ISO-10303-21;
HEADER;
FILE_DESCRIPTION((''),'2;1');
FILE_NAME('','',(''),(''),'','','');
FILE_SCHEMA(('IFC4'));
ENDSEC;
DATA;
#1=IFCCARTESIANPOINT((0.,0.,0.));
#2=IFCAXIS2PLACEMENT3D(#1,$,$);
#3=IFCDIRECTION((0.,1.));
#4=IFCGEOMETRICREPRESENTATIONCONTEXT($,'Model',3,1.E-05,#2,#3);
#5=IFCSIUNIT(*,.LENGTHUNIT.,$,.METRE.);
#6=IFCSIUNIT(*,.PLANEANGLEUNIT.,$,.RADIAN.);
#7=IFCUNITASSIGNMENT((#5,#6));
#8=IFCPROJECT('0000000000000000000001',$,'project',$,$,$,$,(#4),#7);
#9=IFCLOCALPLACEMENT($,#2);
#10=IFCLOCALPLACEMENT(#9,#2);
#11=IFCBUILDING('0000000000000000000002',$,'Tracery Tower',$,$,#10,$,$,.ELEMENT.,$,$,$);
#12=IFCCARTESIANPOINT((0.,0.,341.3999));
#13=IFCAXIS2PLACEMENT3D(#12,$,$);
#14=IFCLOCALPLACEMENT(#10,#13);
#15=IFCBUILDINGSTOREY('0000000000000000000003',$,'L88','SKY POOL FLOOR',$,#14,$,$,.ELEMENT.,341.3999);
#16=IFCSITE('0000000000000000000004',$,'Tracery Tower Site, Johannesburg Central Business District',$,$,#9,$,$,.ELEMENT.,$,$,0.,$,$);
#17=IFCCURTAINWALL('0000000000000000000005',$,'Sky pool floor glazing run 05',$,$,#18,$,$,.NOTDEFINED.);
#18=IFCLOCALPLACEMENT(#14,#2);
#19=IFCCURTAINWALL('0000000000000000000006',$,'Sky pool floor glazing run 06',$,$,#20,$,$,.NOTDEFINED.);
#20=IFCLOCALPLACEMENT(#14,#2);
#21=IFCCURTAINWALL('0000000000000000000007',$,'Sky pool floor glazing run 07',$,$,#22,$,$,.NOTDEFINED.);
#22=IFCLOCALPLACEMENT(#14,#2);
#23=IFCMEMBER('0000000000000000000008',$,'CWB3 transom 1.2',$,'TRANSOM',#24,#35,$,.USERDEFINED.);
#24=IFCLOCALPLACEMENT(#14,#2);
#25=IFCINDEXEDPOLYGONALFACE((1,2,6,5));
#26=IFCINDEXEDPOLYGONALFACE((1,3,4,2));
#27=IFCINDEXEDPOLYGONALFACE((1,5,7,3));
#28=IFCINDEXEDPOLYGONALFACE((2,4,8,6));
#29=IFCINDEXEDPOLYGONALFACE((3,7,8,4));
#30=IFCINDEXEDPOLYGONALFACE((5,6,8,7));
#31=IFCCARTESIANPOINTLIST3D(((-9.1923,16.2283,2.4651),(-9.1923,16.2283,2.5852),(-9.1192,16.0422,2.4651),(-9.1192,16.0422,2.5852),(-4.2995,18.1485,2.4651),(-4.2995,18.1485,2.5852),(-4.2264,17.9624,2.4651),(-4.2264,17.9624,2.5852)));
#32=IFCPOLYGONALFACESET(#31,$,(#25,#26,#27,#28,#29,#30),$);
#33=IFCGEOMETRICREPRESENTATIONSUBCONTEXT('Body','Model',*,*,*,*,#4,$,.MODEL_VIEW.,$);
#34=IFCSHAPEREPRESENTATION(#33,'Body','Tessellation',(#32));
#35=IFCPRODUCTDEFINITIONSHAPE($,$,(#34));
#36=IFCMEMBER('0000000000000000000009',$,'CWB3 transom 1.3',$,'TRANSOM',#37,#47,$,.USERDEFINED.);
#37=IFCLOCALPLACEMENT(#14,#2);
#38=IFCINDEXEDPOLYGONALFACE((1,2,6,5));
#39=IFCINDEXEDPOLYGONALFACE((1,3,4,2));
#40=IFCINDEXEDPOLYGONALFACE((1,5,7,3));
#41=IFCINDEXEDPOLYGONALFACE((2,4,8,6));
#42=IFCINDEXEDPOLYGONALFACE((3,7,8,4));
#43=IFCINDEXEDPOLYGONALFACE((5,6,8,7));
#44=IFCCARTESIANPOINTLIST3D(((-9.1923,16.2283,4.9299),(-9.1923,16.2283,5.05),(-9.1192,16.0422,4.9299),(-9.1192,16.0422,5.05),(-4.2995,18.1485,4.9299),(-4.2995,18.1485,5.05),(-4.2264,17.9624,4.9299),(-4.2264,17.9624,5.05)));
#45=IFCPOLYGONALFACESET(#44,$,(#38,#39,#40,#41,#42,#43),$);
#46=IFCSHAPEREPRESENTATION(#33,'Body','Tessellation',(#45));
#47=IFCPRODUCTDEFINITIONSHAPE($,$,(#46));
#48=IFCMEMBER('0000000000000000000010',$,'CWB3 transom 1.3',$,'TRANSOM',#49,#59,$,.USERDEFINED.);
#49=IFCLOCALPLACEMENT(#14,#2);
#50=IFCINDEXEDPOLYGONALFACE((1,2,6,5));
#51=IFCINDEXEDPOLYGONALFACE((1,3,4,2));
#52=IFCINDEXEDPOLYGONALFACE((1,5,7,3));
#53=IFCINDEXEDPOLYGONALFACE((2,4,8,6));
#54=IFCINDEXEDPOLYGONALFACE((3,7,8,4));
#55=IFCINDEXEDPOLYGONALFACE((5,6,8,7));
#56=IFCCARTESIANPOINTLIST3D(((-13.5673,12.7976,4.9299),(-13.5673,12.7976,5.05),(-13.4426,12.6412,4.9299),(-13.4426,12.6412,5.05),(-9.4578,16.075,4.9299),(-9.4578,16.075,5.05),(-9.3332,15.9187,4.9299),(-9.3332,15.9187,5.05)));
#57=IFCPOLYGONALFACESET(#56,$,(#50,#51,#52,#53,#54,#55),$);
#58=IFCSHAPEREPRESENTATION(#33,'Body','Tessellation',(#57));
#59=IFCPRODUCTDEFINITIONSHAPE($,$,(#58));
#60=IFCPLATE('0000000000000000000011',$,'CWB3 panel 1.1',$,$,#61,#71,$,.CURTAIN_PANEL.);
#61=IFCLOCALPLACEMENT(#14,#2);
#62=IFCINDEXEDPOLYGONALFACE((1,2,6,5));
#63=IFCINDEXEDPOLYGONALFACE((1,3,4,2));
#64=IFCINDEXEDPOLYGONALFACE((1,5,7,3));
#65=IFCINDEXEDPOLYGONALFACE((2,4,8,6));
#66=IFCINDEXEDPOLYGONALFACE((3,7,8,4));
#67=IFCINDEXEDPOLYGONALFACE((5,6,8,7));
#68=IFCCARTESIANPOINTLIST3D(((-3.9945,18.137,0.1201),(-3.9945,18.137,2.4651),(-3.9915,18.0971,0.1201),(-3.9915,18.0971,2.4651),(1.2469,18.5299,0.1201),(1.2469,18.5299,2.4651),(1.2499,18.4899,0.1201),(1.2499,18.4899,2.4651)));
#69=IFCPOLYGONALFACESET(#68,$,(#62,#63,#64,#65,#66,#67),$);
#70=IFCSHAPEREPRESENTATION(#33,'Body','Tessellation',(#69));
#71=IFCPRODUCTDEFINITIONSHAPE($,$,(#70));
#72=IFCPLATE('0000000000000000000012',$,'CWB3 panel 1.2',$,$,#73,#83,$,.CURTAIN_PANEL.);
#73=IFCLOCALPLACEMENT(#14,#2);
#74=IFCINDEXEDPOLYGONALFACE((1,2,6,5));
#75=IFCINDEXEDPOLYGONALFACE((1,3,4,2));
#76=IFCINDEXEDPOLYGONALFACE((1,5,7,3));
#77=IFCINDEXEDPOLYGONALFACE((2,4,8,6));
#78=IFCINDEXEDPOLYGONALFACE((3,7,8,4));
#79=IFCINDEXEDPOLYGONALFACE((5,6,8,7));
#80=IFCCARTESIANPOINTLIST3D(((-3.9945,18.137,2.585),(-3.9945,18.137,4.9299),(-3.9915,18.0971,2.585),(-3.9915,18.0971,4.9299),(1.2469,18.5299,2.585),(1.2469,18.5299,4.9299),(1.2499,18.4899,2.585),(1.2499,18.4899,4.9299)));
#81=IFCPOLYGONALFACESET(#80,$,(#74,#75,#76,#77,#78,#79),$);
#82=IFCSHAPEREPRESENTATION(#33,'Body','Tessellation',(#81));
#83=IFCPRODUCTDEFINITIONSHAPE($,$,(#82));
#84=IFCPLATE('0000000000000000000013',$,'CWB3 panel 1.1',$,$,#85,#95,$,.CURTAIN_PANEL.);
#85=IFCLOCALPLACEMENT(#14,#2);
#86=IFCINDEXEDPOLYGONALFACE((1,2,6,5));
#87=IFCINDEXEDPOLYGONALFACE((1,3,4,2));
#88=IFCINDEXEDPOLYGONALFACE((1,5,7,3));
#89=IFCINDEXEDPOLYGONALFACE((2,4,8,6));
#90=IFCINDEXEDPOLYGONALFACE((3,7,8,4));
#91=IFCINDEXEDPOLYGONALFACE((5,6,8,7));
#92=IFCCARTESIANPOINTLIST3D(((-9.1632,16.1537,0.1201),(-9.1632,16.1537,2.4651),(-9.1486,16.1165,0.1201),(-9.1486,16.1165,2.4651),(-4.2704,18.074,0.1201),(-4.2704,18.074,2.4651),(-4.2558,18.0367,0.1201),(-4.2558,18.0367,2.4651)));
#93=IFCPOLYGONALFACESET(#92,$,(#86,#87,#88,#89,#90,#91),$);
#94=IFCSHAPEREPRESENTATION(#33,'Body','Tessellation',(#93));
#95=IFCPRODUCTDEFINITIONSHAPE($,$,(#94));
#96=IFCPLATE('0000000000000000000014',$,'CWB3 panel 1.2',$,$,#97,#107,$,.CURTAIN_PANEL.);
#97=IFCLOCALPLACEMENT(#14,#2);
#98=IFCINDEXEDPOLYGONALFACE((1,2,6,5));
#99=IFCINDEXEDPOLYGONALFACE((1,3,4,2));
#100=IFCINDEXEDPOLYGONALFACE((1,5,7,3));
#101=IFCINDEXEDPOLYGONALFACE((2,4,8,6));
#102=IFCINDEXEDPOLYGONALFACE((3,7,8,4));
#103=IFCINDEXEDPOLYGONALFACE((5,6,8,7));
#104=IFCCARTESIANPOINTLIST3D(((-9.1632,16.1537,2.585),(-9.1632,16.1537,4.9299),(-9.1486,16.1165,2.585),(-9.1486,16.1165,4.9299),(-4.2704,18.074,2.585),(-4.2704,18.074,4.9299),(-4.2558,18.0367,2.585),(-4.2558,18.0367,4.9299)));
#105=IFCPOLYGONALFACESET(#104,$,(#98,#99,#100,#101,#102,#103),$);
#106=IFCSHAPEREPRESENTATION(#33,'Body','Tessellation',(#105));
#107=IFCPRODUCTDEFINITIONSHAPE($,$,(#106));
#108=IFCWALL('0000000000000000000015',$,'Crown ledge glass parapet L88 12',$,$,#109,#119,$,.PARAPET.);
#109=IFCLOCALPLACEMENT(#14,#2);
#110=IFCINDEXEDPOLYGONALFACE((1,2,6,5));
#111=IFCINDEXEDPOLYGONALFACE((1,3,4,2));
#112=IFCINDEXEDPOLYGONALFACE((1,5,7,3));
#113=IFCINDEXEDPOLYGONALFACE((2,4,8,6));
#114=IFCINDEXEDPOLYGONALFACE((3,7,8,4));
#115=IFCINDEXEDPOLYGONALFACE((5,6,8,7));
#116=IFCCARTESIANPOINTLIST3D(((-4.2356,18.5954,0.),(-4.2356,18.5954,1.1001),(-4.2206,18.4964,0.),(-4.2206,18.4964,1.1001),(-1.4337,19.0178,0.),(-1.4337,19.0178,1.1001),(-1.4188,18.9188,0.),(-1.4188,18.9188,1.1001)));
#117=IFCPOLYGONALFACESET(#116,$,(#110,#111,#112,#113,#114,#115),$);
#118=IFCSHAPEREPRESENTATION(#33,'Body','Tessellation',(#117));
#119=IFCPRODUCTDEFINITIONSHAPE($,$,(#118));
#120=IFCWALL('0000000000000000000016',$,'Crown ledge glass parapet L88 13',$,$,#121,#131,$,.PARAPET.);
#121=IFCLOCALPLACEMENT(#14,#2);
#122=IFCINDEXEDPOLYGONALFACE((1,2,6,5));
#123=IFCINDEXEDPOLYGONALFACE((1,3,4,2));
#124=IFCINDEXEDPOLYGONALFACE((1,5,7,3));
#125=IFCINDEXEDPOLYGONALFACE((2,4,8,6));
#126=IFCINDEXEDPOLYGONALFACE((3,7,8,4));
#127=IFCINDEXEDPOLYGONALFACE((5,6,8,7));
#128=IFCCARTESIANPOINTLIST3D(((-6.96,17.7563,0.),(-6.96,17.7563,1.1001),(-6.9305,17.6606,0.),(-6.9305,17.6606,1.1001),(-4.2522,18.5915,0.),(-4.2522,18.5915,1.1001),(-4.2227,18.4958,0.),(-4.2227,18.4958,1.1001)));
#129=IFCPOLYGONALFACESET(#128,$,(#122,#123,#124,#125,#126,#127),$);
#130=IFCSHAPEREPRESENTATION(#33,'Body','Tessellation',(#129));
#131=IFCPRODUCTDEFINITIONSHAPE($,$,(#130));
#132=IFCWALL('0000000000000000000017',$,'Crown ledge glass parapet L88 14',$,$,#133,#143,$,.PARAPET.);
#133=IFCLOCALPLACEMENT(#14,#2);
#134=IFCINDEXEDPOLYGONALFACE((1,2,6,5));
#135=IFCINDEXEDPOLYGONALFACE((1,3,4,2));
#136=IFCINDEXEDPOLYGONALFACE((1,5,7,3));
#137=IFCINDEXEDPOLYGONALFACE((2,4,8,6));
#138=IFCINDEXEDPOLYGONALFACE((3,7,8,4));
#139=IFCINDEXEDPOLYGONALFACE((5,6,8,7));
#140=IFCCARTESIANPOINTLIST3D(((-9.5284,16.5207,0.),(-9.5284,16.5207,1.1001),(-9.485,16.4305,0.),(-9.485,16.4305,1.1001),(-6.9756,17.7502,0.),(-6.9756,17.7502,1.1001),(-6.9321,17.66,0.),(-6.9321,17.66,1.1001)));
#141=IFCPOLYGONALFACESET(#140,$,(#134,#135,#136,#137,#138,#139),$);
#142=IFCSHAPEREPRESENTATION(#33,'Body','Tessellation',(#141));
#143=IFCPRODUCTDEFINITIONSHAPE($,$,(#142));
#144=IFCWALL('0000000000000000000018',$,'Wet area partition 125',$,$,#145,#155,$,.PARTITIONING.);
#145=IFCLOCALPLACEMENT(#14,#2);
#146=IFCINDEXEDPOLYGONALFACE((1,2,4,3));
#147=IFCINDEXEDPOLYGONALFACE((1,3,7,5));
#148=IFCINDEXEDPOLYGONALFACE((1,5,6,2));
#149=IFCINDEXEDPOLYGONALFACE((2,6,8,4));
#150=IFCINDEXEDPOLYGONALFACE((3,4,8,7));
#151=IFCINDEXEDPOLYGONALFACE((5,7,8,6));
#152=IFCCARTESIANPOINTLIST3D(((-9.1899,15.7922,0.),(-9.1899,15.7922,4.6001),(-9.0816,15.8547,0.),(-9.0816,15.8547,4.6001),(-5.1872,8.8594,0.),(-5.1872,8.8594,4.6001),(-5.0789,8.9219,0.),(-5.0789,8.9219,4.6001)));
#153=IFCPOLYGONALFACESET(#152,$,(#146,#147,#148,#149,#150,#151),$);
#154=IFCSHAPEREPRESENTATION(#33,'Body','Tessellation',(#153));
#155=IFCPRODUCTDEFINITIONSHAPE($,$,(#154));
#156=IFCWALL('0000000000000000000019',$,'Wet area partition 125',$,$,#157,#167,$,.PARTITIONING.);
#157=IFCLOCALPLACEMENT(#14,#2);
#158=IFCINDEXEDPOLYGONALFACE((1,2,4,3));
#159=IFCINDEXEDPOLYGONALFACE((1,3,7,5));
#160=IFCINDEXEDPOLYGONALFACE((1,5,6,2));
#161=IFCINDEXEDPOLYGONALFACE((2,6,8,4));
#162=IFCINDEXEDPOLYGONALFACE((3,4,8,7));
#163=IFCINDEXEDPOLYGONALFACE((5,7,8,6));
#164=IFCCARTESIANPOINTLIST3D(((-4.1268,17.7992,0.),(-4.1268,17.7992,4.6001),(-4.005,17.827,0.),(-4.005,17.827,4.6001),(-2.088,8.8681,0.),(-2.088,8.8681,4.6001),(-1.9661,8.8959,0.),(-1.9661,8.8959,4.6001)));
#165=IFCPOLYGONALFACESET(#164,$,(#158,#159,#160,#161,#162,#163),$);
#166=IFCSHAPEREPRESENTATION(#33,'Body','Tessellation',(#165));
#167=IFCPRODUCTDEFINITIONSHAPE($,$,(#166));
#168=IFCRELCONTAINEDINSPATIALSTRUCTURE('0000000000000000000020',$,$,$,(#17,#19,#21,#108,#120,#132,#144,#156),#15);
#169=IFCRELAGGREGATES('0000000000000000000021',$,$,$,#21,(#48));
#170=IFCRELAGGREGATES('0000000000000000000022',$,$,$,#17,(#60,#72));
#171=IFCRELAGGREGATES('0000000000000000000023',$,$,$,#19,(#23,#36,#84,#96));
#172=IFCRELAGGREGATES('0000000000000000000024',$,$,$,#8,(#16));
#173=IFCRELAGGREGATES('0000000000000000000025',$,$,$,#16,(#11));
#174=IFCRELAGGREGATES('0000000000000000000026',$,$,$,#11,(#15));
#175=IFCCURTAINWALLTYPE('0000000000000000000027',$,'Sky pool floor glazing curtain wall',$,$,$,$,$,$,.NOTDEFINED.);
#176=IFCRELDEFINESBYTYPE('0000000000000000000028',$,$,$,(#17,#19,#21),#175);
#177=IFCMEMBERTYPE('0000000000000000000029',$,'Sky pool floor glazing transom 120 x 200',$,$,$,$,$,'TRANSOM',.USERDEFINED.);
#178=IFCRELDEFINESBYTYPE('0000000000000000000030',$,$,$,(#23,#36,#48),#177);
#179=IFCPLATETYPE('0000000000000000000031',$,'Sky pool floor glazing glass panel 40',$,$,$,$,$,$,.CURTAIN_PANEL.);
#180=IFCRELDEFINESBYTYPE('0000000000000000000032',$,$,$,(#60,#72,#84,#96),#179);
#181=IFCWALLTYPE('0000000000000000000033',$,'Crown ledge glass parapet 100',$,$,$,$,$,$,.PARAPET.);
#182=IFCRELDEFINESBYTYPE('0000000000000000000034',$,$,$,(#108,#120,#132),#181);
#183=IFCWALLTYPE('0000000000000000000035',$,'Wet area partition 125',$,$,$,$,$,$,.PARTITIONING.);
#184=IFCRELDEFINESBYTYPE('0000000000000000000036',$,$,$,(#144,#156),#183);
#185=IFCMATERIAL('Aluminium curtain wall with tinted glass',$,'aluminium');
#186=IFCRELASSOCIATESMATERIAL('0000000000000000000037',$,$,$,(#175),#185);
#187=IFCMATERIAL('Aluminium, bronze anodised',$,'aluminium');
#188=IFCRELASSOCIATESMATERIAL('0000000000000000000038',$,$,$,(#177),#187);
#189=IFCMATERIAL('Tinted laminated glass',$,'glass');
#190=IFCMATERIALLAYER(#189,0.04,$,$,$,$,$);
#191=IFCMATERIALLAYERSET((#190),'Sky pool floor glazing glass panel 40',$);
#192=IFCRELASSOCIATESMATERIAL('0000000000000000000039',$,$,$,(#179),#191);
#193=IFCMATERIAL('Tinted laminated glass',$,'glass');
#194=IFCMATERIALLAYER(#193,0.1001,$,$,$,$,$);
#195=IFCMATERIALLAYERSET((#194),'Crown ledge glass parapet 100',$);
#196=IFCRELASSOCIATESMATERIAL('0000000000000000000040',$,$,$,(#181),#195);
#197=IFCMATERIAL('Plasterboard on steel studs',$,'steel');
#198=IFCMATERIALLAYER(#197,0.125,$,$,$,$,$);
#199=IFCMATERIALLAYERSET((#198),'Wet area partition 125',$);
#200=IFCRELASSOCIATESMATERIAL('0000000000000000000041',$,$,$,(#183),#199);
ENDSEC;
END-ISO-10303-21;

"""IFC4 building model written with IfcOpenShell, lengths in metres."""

from ifc_helpers import new_model, si_unit, direction, frame, frame_2d, origin, origin_2d, place, context, subcontext, project, spatial, rectangle, extrude, material, layer, layer_set, material_profile, profile_set, type_object, element, aggregate, save


model = new_model("IFC4")

# Units and contexts
model_context = context("Model", 3, precision=1e-05, world=origin(), true_north=direction((0.0, 1.0)))
body_context = subcontext(model_context, "Body", "Model", "MODEL_VIEW")
ifc_project = project(units=[si_unit("LENGTHUNIT", "METRE"), si_unit("PLANEANGLEUNIT", "RADIAN")], contexts=[model_context])

# Site, building, storey
site_placement = place(None, origin())
site = spatial("IfcSite", under=ifc_project, at=site_placement, Name="Tracery Tower Site, Johannesburg Central Business District", CompositionType="ELEMENT", RefElevation=0.0)
building_placement = place(site_placement, origin())
building = spatial("IfcBuilding", under=site, at=building_placement, Name="Tracery Tower", CompositionType="ELEMENT")
storey_placement = place(building_placement, frame((0.0, 0.0, 341.3999)))
storey = spatial("IfcBuildingStorey", under=building, at=storey_placement, Name="L88", Description="SKY POOL FLOOR", CompositionType="ELEMENT", Elevation=341.3999)

# Curtain wall
ifc_material_1 = material(Name="Aluminium curtain wall with tinted glass", Category="aluminium")
curtain_wall_type = type_object("IfcCurtainWallType", Name="Sky pool floor glazing curtain wall", PredefinedType="NOTDEFINED", material=ifc_material_1)
curtain_wall_1_placement = place(storey_placement, origin())
curtain_wall_1 = element("IfcCurtainWall", 1, at=curtain_wall_1_placement, inside=storey, type_object=curtain_wall_type, Name="Sky pool floor glazing run 05", PredefinedType="NOTDEFINED")

# Curtain wall
curtain_wall_2_placement = place(storey_placement, origin())
curtain_wall_2 = element("IfcCurtainWall", 2, at=curtain_wall_2_placement, inside=storey, type_object=curtain_wall_type, Name="Sky pool floor glazing run 06", PredefinedType="NOTDEFINED")

# Curtain wall
curtain_wall_3_placement = place(storey_placement, origin())
curtain_wall_3 = element("IfcCurtainWall", 3, at=curtain_wall_3_placement, inside=storey, type_object=curtain_wall_type, Name="Sky pool floor glazing run 07", PredefinedType="NOTDEFINED")

# Members
ifc_material_2 = material(Name="Aluminium, bronze anodised", Category="aluminium")
ifc_material_profile_1 = material_profile(ifc_material_2, rectangle(XDim=0.2, YDim=0.1201, at=origin_2d()), Name="Sky pool floor glazing transom 120 x 200")
ifc_profile_set_1 = profile_set([ifc_material_profile_1], Name="Aluminium, bronze anodised")
member_type_1 = type_object("IfcMemberType", Name="Sky pool floor glazing transom 120 x 200", ElementType="TRANSOM", PredefinedType="USERDEFINED", material=ifc_profile_set_1)
member_1_placement = place(storey_placement, frame((-4.2629, 18.0554, 2.5251), z_axis=(-0.930882, -0.36532, 0.0), x_axis=(0.36532, -0.930882, 0.0)))
member_1 = element("IfcMember", 4, at=member_1_placement, type_object=member_type_1, Name="CWB3 transom 1.2", ObjectType="TRANSOM", PredefinedType="USERDEFINED", context=body_context, shape_type="SweptSolid", body=[
    extrude(rectangle(XDim=0.2, YDim=0.1201, at=origin_2d()), origin(), (0.0, 0.0, 1.0), 5.2561),
])
member_2_placement = place(storey_placement, frame((-4.2629, 18.0554, 4.99), z_axis=(-0.930882, -0.36532, 0.0), x_axis=(0.36532, -0.930882, 0.0)))
member_2 = element("IfcMember", 5, at=member_2_placement, type_object=member_type_1, Name="CWB3 transom 1.3", ObjectType="TRANSOM", PredefinedType="USERDEFINED", context=body_context, shape_type="SweptSolid", body=[
    extrude(rectangle(XDim=0.2, YDim=0.1201, at=origin_2d()), origin(), (0.0, 0.0, 1.0), 5.2561),
])
member_3_placement = place(storey_placement, frame((-9.3955, 15.9968, 4.99), z_axis=(-0.78181, -0.623516, 0.0), x_axis=(0.623516, -0.78181, 0.0)))
member_3 = element("IfcMember", 6, at=member_3_placement, type_object=member_type_1, Name="CWB3 transom 1.3", ObjectType="TRANSOM", PredefinedType="USERDEFINED", context=body_context, shape_type="SweptSolid", body=[
    extrude(rectangle(XDim=0.2, YDim=0.1201, at=origin_2d()), origin(), (0.0, 0.0, 1.0), 5.2563),
])
aggregate(curtain_wall_3, [member_3])

# Plates
ifc_material_3 = material(Name="Tinted laminated glass", Category="glass")
ifc_layer_1 = layer(ifc_material_3, 0.04)
ifc_layer_set_1 = layer_set([ifc_layer_1], Name="Sky pool floor glazing glass panel 40")
plate_type = type_object("IfcPlateType", Name="Sky pool floor glazing glass panel 40", PredefinedType="CURTAIN_PANEL", material=ifc_layer_set_1)
plate_1_placement = place(storey_placement, frame((-1.3723, 18.3135, 0.1201), z_axis=(0.0, 0.0, 1.0), x_axis=(-0.997203, -0.074743, 0.0)))
plate_1 = element("IfcPlate", 7, at=plate_1_placement, type_object=plate_type, Name="CWB3 panel 1.1", PredefinedType="CURTAIN_PANEL", context=body_context, shape_type="SweptSolid", body=[
    extrude(rectangle(XDim=5.2561, YDim=0.04, at=origin_2d()), origin(), (0.0, 0.0, 1.0), 2.345),
])
plate_2_placement = place(storey_placement, frame((-1.3723, 18.3135, 2.585), z_axis=(0.0, 0.0, 1.0), x_axis=(-0.997203, -0.074743, 0.0)))
plate_2 = element("IfcPlate", 8, at=plate_2_placement, type_object=plate_type, Name="CWB3 panel 1.2", PredefinedType="CURTAIN_PANEL", context=body_context, shape_type="SweptSolid", body=[
    extrude(rectangle(XDim=5.2561, YDim=0.04, at=origin_2d()), origin(), (0.0, 0.0, 1.0), 2.345),
])
aggregate(curtain_wall_1, [plate_1, plate_2])
plate_3_placement = place(storey_placement, frame((-6.7095, 17.0952, 0.1201), z_axis=(0.0, 0.0, 1.0), x_axis=(-0.930878, -0.365331, 0.0)))
plate_3 = element("IfcPlate", 9, at=plate_3_placement, type_object=plate_type, Name="CWB3 panel 1.1", PredefinedType="CURTAIN_PANEL", context=body_context, shape_type="SweptSolid", body=[
    extrude(rectangle(XDim=5.2561, YDim=0.04, at=origin_2d()), origin(), (0.0, 0.0, 1.0), 2.345),
])
plate_4_placement = place(storey_placement, frame((-6.7095, 17.0952, 2.585), z_axis=(0.0, 0.0, 1.0), x_axis=(-0.930878, -0.365331, 0.0)))
plate_4 = element("IfcPlate", 10, at=plate_4_placement, type_object=plate_type, Name="CWB3 panel 1.2", PredefinedType="CURTAIN_PANEL", context=body_context, shape_type="SweptSolid", body=[
    extrude(rectangle(XDim=5.2561, YDim=0.04, at=origin_2d()), origin(), (0.0, 0.0, 1.0), 2.345),
])
aggregate(curtain_wall_2, [member_1, member_2, plate_3, plate_4])

# Walls
ifc_material_4 = material(Name="Tinted laminated glass", Category="glass")
ifc_layer_2 = layer(ifc_material_4, 0.1001)
ifc_layer_set_2 = layer_set([ifc_layer_2], Name="Crown ledge glass parapet 100")
wall_type_1 = type_object("IfcWallType", Name="Crown ledge glass parapet 100", PredefinedType="PARAPET", material=ifc_layer_set_2)
wall_1_placement = place(storey_placement, frame((-1.4263, 18.9683, 0.0), z_axis=(0.0, 0.0, 1.0), x_axis=(-0.988827, -0.149065, 0.0)))
element("IfcWall", 11, at=wall_1_placement, inside=storey, type_object=wall_type_1, Name="Crown ledge glass parapet L88 12", PredefinedType="PARAPET", context=body_context, shape_type="SweptSolid", body=[
    extrude(rectangle(XDim=2.8335, YDim=0.1001, at=frame_2d((1.4167, 0.0))), origin(), (0.0, 0.0, 1.0), 1.1001),
])
wall_2_placement = place(storey_placement, frame((-4.2373, 18.5437, 0.0), z_axis=(0.0, 0.0, 1.0), x_axis=(-0.955576, -0.294746, 0.0)))
element("IfcWall", 12, at=wall_2_placement, inside=storey, type_object=wall_type_1, Name="Crown ledge glass parapet L88 13", PredefinedType="PARAPET", context=body_context, shape_type="SweptSolid", body=[
    extrude(rectangle(XDim=2.8337, YDim=0.1001, at=frame_2d((1.417, 0.0))), origin(), (0.0, 0.0, 1.0), 1.1001),
])
wall_3_placement = place(storey_placement, frame((-6.9539, 17.7051, 0.0), z_axis=(0.0, 0.0, 1.0), x_axis=(-0.900963, -0.433896, 0.0)))
element("IfcWall", 13, at=wall_3_placement, inside=storey, type_object=wall_type_1, Name="Crown ledge glass parapet L88 14", PredefinedType="PARAPET", context=body_context, shape_type="SweptSolid", body=[
    extrude(rectangle(XDim=2.8335, YDim=0.1001, at=frame_2d((1.4167, 0.0))), origin(), (0.0, 0.0, 1.0), 1.1001),
])
ifc_material_5 = material(Name="Plasterboard on steel studs", Category="steel")
ifc_layer_3 = layer(ifc_material_5, 0.125)
ifc_layer_set_3 = layer_set([ifc_layer_3], Name="Wet area partition 125")
wall_type_2 = type_object("IfcWallType", Name="Wet area partition 125", PredefinedType="PARTITIONING", material=ifc_layer_set_3)
wall_4_placement = place(storey_placement, frame((-9.1357, 15.8235, 0.0), z_axis=(0.0, 0.0, 1.0), x_axis=(0.5, -0.866026, 0.0)))
element("IfcWall", 14, at=wall_4_placement, inside=storey, type_object=wall_type_2, Name="Wet area partition 125", PredefinedType="PARTITIONING", context=body_context, shape_type="SweptSolid", body=[
    extrude(rectangle(XDim=8.0054, YDim=0.125, at=frame_2d((4.0027, 0.0))), origin(), (0.0, 0.0, 1.0), 4.6001),
])
wall_5_placement = place(storey_placement, frame((-4.0659, 17.8132, 0.0), z_axis=(0.0, 0.0, 1.0), x_axis=(0.222556, -0.97492, 0.0)))
element("IfcWall", 15, at=wall_5_placement, inside=storey, type_object=wall_type_2, Name="Wet area partition 125", PredefinedType="PARTITIONING", context=body_context, shape_type="SweptSolid", body=[
    extrude(rectangle(XDim=9.1609, YDim=0.125, at=frame_2d((4.5806, 0.0))), origin(), (0.0, 0.0, 1.0), 4.6001),
])

save(model, "model.ifc")
